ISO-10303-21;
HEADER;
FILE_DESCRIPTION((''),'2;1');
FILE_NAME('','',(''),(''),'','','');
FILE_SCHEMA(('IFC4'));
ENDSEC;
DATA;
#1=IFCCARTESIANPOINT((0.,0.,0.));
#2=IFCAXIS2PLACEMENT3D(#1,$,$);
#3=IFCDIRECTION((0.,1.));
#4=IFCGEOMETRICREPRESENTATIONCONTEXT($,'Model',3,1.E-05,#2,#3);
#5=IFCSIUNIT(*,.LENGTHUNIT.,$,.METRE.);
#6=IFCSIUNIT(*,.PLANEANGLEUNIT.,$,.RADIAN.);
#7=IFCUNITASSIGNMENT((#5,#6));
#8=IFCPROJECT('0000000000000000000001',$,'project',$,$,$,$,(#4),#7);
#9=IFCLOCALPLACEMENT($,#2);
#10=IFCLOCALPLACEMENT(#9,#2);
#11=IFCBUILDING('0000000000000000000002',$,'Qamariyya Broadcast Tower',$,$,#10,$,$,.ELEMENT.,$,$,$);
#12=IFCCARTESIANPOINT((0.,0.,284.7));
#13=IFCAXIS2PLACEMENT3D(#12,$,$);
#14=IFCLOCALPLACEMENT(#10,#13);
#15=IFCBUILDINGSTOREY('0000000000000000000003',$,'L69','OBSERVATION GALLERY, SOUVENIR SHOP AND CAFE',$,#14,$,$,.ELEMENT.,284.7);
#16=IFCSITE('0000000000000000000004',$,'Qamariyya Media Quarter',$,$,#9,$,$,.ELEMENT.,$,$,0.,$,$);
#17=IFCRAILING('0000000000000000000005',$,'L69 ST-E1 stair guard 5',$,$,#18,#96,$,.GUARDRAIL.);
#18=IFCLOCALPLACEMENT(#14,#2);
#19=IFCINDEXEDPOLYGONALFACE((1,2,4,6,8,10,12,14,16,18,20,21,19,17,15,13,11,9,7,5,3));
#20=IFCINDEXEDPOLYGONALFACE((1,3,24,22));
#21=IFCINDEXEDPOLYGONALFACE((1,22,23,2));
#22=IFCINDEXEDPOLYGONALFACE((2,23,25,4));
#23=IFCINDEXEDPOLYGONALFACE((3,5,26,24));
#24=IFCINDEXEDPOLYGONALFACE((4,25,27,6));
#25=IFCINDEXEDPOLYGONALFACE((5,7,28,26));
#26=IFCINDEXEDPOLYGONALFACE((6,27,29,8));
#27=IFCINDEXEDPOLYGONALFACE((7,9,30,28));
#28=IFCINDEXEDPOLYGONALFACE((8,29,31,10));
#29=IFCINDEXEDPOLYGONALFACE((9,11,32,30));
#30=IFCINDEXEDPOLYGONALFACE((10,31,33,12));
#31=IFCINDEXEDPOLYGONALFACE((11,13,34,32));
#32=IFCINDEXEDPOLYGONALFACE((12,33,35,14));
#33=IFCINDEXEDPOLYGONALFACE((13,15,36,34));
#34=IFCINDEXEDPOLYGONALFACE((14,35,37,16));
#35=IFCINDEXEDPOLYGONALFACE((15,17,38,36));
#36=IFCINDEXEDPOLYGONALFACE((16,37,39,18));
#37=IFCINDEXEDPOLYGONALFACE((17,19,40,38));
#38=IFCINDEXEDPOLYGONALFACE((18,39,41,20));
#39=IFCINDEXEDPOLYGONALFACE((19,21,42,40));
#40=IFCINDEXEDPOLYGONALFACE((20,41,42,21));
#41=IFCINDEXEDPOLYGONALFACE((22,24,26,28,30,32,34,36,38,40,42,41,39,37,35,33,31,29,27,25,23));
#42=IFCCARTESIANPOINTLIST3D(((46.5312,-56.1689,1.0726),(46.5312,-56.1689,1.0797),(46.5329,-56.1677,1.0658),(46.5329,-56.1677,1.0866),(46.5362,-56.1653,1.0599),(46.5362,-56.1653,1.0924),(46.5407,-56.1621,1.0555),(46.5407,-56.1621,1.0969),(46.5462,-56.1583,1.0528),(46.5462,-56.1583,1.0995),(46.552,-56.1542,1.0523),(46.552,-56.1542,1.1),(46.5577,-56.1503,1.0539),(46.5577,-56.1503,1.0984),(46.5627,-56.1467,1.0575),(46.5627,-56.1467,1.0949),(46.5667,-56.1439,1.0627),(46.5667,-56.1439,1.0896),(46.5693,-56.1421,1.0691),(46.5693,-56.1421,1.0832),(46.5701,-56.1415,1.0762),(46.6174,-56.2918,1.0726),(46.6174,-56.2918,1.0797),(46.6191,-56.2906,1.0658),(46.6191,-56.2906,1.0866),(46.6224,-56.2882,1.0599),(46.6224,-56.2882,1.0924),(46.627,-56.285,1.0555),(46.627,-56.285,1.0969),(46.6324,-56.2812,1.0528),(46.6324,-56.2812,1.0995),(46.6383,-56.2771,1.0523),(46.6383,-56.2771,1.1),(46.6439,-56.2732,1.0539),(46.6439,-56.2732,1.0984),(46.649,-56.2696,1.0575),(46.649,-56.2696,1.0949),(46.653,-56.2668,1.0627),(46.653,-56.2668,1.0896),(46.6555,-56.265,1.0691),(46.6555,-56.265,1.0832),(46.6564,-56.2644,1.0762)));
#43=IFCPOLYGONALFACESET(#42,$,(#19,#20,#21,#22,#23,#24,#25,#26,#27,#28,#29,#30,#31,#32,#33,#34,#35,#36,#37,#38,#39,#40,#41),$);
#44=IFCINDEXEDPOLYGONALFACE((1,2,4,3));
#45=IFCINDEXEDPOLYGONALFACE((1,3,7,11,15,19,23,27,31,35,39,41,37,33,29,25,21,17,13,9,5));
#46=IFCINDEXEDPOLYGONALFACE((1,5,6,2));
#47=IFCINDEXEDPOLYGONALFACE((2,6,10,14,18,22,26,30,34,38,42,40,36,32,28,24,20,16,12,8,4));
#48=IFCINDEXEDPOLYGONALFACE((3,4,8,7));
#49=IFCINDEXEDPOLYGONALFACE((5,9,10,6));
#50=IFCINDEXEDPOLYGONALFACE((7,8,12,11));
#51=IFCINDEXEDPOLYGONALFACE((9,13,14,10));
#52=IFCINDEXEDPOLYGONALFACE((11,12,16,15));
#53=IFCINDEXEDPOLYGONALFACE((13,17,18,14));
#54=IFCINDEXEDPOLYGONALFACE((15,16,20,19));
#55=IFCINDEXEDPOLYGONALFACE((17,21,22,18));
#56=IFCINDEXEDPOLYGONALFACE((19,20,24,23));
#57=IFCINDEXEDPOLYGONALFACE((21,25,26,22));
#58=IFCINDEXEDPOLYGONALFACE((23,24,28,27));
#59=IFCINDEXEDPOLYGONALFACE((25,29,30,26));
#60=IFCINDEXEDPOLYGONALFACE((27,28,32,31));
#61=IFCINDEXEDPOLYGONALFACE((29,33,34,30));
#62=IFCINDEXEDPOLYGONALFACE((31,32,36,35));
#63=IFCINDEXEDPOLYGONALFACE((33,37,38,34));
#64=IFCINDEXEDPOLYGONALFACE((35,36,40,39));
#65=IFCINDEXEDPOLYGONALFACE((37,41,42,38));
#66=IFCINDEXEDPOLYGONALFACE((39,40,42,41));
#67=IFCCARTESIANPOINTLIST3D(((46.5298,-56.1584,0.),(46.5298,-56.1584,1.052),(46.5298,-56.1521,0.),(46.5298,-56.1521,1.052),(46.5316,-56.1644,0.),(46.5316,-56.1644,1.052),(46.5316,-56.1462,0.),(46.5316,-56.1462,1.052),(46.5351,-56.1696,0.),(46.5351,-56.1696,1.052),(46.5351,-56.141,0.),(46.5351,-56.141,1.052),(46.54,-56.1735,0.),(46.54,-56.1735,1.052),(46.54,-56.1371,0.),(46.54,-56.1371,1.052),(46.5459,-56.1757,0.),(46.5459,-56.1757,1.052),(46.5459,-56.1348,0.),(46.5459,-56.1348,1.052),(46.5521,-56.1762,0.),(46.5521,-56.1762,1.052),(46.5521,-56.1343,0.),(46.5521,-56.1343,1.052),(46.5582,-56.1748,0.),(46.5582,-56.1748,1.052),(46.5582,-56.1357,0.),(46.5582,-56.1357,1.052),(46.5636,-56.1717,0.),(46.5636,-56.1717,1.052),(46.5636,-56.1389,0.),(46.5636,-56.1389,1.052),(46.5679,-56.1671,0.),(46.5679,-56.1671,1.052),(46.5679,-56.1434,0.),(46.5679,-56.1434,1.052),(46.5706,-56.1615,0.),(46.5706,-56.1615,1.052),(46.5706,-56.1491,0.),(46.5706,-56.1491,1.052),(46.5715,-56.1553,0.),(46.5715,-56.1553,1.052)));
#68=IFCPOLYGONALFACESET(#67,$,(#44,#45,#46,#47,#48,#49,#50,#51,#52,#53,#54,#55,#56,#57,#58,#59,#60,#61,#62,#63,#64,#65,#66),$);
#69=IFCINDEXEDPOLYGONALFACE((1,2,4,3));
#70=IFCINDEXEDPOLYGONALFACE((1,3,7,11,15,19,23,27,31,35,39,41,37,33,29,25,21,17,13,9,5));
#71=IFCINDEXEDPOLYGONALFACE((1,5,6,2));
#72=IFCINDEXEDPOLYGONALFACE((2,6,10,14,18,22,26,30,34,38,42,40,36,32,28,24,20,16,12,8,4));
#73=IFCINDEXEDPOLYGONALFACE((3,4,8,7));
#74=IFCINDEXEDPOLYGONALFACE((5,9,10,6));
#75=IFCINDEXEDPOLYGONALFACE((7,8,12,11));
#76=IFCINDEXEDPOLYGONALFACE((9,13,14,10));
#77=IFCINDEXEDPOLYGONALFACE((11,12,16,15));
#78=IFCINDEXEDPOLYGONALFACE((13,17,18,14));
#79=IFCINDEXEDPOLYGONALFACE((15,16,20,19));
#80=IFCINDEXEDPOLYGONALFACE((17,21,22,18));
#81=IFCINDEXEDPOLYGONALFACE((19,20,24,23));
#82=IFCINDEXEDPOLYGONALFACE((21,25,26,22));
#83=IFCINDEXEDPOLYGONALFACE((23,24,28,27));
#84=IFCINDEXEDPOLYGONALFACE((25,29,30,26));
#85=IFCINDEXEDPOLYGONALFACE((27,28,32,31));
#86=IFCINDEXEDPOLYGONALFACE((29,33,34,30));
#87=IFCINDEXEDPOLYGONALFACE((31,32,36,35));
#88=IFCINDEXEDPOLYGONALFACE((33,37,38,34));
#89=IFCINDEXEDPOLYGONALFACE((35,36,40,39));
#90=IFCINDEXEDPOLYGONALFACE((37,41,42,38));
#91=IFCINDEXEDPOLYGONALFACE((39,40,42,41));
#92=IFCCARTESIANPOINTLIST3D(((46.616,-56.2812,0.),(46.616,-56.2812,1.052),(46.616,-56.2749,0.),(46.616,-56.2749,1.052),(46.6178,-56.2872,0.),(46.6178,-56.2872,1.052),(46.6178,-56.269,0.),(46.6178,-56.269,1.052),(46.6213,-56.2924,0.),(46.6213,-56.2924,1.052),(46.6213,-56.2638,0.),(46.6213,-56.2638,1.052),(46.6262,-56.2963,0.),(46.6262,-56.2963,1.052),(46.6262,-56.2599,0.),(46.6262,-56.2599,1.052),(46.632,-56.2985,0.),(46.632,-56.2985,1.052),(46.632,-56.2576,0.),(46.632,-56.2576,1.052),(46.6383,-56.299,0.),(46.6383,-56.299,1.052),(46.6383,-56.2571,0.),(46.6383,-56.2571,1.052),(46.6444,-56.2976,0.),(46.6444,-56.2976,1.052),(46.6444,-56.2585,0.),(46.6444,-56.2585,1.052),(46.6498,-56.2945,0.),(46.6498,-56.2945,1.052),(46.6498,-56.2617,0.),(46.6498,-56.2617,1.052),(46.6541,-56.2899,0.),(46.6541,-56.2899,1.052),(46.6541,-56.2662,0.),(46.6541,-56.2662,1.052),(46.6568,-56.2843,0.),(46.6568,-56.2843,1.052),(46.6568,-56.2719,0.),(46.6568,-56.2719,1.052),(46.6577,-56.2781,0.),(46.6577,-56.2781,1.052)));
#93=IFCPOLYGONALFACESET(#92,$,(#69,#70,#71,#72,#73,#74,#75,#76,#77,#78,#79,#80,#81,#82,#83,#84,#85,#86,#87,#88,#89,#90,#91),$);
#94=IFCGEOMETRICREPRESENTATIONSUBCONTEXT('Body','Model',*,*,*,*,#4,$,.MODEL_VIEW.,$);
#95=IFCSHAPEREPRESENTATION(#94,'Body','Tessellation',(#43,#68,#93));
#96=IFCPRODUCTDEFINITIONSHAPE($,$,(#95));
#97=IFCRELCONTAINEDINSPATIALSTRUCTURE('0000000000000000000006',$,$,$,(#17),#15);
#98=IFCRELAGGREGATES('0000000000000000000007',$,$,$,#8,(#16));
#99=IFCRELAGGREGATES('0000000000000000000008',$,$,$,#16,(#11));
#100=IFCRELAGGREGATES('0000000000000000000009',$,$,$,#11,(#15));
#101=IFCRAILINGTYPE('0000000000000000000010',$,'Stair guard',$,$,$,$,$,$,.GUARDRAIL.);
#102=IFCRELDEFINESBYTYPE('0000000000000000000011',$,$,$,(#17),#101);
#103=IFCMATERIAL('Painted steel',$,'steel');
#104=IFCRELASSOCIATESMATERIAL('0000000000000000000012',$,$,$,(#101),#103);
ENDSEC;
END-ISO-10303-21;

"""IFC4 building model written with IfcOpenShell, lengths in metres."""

from ifc_helpers import new_model, si_unit, direction, frame, origin, origin_2d, place, context, subcontext, project, spatial, circle, extrude, material, type_object, element, save


model = new_model("IFC4")

# Units and contexts
model_context = context("Model", 3, precision=1e-05, world=origin(), true_north=direction((0.0, 1.0)))
body_context = subcontext(model_context, "Body", "Model", "MODEL_VIEW")
ifc_project = project(units=[si_unit("LENGTHUNIT", "METRE"), si_unit("PLANEANGLEUNIT", "RADIAN")], contexts=[model_context])

# Site, building, storey
site_placement = place(None, origin())
site = spatial("IfcSite", under=ifc_project, at=site_placement, Name="Qamariyya Media Quarter", CompositionType="ELEMENT", RefElevation=0.0)
building_placement = place(site_placement, origin())
building = spatial("IfcBuilding", under=site, at=building_placement, Name="Qamariyya Broadcast Tower", CompositionType="ELEMENT")
storey_placement = place(building_placement, frame((0.0, 0.0, 284.7)))
storey = spatial("IfcBuildingStorey", under=building, at=storey_placement, Name="L69", Description="OBSERVATION GALLERY, SOUVENIR SHOP AND CAFE", CompositionType="ELEMENT", Elevation=284.7)

# Railing
ifc_material_1 = material(Name="Painted steel", Category="steel")
railing_type_1 = type_object("IfcRailingType", Name="Stair guard", PredefinedType="GUARDRAIL", material=ifc_material_1)
railing_1_placement = place(storey_placement, frame((46.5505, -56.1553, 0.0)))
element("IfcRailing", 1, at=railing_1_placement, inside=storey, type_object=railing_type_1, Name="L69 ST-E1 stair guard 5", PredefinedType="GUARDRAIL", context=body_context, shape_type="SweptSolid", body=[
    extrude(circle(Radius=0.0239, at=origin_2d()), frame((0.0, 0.0, 1.0762), z_axis=(0.574445, -0.818543, 0.0), x_axis=(0.818543, 0.574445, 0.0)), (0.0, 0.0, 1.0), 0.1501),
    extrude(circle(Radius=0.021, at=origin_2d()), origin(), (0.0, 0.0, 1.0), 1.052),
    extrude(circle(Radius=0.021, at=origin_2d()), frame((0.0862, -0.1228, 0.0)), (0.0, 0.0, 1.0), 1.052),
])

save(model, "model.ifc")
